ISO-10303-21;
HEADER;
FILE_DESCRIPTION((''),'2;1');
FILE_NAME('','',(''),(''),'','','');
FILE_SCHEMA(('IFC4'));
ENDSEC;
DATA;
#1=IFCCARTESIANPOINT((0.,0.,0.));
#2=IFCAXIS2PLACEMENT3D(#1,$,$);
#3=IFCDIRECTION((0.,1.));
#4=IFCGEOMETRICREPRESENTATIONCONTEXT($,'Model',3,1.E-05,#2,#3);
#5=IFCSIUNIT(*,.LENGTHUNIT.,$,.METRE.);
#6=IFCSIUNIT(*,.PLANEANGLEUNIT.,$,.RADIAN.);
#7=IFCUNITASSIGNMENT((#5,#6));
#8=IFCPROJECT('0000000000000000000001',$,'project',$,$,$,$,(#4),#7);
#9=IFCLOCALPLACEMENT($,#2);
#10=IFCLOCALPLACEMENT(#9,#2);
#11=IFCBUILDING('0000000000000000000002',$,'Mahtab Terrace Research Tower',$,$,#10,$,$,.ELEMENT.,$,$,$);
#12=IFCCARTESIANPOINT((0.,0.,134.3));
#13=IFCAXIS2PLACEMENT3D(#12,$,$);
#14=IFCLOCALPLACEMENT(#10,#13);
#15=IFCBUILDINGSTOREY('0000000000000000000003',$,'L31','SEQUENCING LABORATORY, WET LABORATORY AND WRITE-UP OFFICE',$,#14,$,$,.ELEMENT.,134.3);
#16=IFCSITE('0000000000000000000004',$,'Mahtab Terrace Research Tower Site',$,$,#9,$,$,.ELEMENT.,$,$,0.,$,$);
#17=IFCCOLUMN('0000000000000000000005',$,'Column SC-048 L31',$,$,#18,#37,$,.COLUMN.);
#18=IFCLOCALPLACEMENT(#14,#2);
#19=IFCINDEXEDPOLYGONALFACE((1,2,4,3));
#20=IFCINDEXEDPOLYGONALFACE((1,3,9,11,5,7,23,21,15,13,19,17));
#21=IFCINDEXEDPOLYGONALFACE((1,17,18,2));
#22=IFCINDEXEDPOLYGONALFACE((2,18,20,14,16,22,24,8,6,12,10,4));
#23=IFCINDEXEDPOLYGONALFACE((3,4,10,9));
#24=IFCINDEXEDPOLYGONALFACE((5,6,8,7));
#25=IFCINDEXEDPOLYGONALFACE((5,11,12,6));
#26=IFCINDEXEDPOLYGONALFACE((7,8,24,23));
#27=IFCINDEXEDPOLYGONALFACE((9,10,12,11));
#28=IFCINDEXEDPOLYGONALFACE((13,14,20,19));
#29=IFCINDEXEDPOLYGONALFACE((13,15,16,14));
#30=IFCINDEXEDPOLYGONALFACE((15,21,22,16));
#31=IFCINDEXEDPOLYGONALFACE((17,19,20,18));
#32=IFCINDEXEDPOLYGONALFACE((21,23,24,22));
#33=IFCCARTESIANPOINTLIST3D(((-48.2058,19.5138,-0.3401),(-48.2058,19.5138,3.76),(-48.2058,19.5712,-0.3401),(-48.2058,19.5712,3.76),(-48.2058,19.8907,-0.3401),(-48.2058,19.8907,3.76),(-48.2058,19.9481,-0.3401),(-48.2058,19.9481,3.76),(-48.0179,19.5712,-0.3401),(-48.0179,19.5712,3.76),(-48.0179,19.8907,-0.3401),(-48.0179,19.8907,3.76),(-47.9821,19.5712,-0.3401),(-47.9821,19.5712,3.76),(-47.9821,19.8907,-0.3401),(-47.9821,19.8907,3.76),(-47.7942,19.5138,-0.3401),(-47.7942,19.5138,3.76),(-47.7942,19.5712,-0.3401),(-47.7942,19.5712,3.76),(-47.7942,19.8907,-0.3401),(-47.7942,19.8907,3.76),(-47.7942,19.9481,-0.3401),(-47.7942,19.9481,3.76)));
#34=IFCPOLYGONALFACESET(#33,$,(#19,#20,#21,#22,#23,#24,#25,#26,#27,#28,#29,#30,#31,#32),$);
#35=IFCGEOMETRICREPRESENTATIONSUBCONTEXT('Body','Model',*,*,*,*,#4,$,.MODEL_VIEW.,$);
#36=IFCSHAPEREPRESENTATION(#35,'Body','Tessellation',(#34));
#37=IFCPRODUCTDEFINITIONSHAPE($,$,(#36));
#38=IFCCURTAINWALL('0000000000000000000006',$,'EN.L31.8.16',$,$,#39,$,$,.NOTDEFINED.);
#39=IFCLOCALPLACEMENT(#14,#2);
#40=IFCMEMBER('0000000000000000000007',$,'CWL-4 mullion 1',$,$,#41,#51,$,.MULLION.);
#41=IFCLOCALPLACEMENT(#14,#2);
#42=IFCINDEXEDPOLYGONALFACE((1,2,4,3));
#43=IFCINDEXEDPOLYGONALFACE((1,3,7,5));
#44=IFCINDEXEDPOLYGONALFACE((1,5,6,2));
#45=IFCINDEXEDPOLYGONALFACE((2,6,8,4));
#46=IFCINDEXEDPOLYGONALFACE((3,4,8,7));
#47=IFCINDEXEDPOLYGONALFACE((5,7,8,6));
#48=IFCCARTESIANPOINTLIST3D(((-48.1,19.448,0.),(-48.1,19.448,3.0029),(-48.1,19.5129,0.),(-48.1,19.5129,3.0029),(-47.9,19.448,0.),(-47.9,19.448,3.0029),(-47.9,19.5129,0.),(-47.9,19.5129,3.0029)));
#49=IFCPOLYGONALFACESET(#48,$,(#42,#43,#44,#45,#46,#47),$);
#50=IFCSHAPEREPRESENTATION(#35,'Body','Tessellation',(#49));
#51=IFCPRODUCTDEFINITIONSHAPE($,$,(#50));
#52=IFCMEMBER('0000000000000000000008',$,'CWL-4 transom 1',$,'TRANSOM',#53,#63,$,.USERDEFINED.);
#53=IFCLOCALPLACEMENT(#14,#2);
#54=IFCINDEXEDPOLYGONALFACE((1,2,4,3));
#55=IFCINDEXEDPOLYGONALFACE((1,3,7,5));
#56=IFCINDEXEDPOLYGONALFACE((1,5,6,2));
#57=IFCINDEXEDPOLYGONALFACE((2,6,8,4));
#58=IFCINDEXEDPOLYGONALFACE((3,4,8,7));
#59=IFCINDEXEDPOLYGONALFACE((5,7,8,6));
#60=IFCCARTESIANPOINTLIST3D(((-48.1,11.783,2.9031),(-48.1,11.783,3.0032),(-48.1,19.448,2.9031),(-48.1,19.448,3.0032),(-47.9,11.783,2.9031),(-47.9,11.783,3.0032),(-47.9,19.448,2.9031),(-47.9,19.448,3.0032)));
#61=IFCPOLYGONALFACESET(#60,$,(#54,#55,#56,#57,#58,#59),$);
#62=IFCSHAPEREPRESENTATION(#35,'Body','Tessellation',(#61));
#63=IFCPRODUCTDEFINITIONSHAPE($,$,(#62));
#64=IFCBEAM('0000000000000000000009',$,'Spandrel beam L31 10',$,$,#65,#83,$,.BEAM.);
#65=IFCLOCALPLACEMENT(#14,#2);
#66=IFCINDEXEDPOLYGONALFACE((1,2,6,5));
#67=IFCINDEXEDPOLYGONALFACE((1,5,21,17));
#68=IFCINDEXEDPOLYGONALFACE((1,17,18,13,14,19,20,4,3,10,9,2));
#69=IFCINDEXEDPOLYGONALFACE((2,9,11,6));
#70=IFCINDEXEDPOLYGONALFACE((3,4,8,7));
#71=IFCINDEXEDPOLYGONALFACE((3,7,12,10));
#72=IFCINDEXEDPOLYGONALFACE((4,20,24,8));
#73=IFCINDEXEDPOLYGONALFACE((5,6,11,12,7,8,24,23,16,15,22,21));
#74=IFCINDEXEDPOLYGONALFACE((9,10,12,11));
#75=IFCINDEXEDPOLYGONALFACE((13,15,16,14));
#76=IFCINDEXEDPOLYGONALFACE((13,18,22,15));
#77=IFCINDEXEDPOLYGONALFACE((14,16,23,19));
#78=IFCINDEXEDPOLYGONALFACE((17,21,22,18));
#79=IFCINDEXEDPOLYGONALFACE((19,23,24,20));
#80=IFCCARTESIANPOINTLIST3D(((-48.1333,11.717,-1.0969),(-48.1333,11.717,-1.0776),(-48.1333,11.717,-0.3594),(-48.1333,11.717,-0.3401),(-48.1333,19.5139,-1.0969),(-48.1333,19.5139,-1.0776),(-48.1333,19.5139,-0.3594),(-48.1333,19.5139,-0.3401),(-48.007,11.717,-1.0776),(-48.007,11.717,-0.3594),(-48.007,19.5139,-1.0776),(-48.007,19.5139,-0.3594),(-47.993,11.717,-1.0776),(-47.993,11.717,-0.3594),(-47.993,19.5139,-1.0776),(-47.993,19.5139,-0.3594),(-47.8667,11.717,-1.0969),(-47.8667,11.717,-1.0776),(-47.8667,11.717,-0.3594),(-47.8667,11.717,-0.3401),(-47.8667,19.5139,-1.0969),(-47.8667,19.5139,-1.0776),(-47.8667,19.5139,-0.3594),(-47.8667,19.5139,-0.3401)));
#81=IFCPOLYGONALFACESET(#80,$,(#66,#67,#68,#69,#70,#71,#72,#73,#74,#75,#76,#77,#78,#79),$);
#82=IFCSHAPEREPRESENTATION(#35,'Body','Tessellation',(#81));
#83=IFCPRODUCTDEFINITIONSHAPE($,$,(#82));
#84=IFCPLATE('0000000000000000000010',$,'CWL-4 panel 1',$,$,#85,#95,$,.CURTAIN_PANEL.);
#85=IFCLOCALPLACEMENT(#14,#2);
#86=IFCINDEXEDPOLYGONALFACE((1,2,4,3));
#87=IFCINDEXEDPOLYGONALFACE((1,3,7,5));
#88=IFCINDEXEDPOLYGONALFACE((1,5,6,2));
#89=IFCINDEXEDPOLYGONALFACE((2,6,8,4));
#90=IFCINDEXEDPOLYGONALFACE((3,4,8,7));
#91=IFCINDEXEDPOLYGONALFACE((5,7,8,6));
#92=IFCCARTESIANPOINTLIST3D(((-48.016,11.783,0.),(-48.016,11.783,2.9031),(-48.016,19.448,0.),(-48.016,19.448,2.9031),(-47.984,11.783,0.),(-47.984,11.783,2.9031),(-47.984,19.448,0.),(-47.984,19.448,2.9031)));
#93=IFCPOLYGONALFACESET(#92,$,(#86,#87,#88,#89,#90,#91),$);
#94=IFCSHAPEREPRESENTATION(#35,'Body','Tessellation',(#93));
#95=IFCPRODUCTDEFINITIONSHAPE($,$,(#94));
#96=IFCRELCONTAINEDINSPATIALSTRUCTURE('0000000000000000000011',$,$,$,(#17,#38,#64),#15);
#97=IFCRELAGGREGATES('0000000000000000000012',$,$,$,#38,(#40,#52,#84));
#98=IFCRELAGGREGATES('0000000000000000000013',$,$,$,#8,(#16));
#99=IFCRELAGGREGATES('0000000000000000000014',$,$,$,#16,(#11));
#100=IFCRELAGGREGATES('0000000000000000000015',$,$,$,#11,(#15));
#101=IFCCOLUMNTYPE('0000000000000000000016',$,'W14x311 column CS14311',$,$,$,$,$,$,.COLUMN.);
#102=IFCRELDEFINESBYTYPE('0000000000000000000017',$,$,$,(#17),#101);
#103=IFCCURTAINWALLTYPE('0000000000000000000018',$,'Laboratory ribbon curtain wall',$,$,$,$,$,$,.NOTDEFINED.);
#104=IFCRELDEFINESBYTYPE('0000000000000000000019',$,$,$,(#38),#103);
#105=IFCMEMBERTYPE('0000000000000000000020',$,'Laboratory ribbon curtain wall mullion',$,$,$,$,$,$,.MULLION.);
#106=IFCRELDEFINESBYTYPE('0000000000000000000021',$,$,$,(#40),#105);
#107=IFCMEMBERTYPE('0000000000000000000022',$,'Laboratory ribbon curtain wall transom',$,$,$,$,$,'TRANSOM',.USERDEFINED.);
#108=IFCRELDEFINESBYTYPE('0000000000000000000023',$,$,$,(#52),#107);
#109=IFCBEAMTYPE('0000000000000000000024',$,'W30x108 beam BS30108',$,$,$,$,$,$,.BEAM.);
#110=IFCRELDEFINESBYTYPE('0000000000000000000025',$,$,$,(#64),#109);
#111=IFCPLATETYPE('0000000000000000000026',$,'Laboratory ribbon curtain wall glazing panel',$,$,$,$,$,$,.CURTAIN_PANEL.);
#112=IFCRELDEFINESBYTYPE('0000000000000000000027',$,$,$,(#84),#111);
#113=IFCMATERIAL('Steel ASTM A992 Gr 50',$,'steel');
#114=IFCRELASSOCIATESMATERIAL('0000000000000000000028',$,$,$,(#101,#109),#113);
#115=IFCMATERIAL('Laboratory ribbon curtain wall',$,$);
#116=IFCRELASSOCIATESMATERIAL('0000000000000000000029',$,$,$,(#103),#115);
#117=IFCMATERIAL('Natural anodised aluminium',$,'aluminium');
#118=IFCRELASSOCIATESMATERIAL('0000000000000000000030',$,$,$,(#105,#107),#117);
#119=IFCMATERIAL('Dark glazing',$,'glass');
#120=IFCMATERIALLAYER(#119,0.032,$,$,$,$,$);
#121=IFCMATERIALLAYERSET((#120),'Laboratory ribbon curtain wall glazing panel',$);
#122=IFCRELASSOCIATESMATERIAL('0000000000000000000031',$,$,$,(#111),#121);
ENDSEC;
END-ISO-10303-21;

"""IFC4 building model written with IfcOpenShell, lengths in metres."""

from ifc_helpers import new_model, si_unit, direction, frame, origin, origin_2d, place, context, subcontext, project, spatial, rectangle, i_section, extrude, material, layer, layer_set, material_profile, profile_set, type_object, element, aggregate, save


model = new_model("IFC4")

# Units and contexts
model_context = context("Model", 3, precision=1e-05, world=origin(), true_north=direction((0.0, 1.0)))
body_context = subcontext(model_context, "Body", "Model", "MODEL_VIEW")
ifc_project = project(units=[si_unit("LENGTHUNIT", "METRE"), si_unit("PLANEANGLEUNIT", "RADIAN")], contexts=[model_context])

# Site, building, storey
site_placement = place(None, origin())
site = spatial("IfcSite", under=ifc_project, at=site_placement, Name="Mahtab Terrace Research Tower Site", CompositionType="ELEMENT", RefElevation=0.0)
building_placement = place(site_placement, origin())
building = spatial("IfcBuilding", under=site, at=building_placement, Name="Mahtab Terrace Research Tower", CompositionType="ELEMENT")
storey_placement = place(building_placement, frame((0.0, 0.0, 134.3)))
storey = spatial("IfcBuildingStorey", under=building, at=storey_placement, Name="L31", Description="SEQUENCING LABORATORY, WET LABORATORY AND WRITE-UP OFFICE", CompositionType="ELEMENT", Elevation=134.3)

# Column
ifc_material_1 = material(Name="Steel ASTM A992 Gr 50", Category="steel")
ifc_material_profile_1 = material_profile(ifc_material_1, i_section(OverallWidth=0.4116, OverallDepth=0.4343, WebThickness=0.0359, FlangeThickness=0.0574, at=origin_2d()), Name="W14X311")
ifc_profile_set_1 = profile_set([ifc_material_profile_1], Name="Steel ASTM A992 Gr 50")
column_type = type_object("IfcColumnType", Name="W14x311 column CS14311", PredefinedType="COLUMN", material=ifc_profile_set_1)
column_placement = place(storey_placement, frame((-48.0, 19.731, -0.3401), z_axis=(0.0, 0.0, 1.0), x_axis=(1.0, 0.0, 0.0)))
element("IfcColumn", 1, at=column_placement, inside=storey, type_object=column_type, Name="Column SC-048 L31", PredefinedType="COLUMN", context=body_context, shape_type="SweptSolid", body=[
    extrude(i_section(OverallWidth=0.4116, OverallDepth=0.4343, WebThickness=0.0359, FlangeThickness=0.0574, at=origin_2d()), origin(), (0.0, 0.0, 1.0), 4.1001),
])

# Curtain wall, members
ifc_material_2 = material(Name="Laboratory ribbon curtain wall")
curtain_wall_type = type_object("IfcCurtainWallType", Name="Laboratory ribbon curtain wall", PredefinedType="NOTDEFINED", material=ifc_material_2)
curtain_wall_placement = place(storey_placement, origin())
curtain_wall = element("IfcCurtainWall", 2, at=curtain_wall_placement, inside=storey, type_object=curtain_wall_type, Name="EN.L31.8.16", PredefinedType="NOTDEFINED")
ifc_material_3 = material(Name="Natural anodised aluminium", Category="aluminium")
ifc_material_profile_2 = material_profile(ifc_material_3, rectangle(XDim=0.2, YDim=0.0649, at=origin_2d()), Name="MULLION 65x200")
ifc_profile_set_2 = profile_set([ifc_material_profile_2], Name="Natural anodised aluminium")
member_type_1 = type_object("IfcMemberType", Name="Laboratory ribbon curtain wall mullion", PredefinedType="MULLION", material=ifc_profile_set_2)
member_1_placement = place(storey_placement, frame((-48.0, 19.4805, 0.0), z_axis=(0.0, 0.0, 1.0), x_axis=(1.0, 0.0, 0.0)))
member_1 = element("IfcMember", 3, at=member_1_placement, type_object=member_type_1, Name="CWL-4 mullion 1", PredefinedType="MULLION", context=body_context, shape_type="SweptSolid", body=[
    extrude(rectangle(XDim=0.2, YDim=0.0649, at=origin_2d()), origin(), (0.0, 0.0, 1.0), 3.0029),
])
ifc_material_profile_3 = material_profile(ifc_material_3, rectangle(XDim=0.2, YDim=0.1001, at=origin_2d()), Name="TRANSOM 100x200")
ifc_profile_set_3 = profile_set([ifc_material_profile_3], Name="Natural anodised aluminium")
member_type_2 = type_object("IfcMemberType", Name="Laboratory ribbon curtain wall transom", ElementType="TRANSOM", PredefinedType="USERDEFINED", material=ifc_profile_set_3)
member_2_placement = place(storey_placement, frame((-48.0, 19.448, 2.9531), z_axis=(0.0, -1.0, 0.0), x_axis=(1.0, 0.0, 0.0)))
member_2 = element("IfcMember", 4, at=member_2_placement, type_object=member_type_2, Name="CWL-4 transom 1", ObjectType="TRANSOM", PredefinedType="USERDEFINED", context=body_context, shape_type="SweptSolid", body=[
    extrude(rectangle(XDim=0.2, YDim=0.1001, at=origin_2d()), origin(), (0.0, 0.0, 1.0), 7.665),
])

# Beam
ifc_material_profile_4 = material_profile(ifc_material_1, i_section(OverallWidth=0.2666, OverallDepth=0.7568, WebThickness=0.0139, FlangeThickness=0.0193, at=origin_2d()), Name="W30X108")
ifc_profile_set_4 = profile_set([ifc_material_profile_4], Name="Steel ASTM A992 Gr 50")
beam_type = type_object("IfcBeamType", Name="W30x108 beam BS30108", PredefinedType="BEAM", material=ifc_profile_set_4)
beam_placement = place(storey_placement, frame((-48.0, 19.5139, -0.7185), z_axis=(0.0, -1.0, 0.0), x_axis=(1.0, 0.0, 0.0)))
element("IfcBeam", 5, at=beam_placement, inside=storey, type_object=beam_type, Name="Spandrel beam L31 10", PredefinedType="BEAM", context=body_context, shape_type="SweptSolid", body=[
    extrude(i_section(OverallWidth=0.2666, OverallDepth=0.7568, WebThickness=0.0139, FlangeThickness=0.0193, at=origin_2d()), origin(), (0.0, 0.0, 1.0), 7.7969),
])

# Plate
ifc_material_4 = material(Name="Dark glazing", Category="glass")
ifc_layer_1 = layer(ifc_material_4, 0.032)
ifc_layer_set_1 = layer_set([ifc_layer_1], Name="Laboratory ribbon curtain wall glazing panel")
plate_type = type_object("IfcPlateType", Name="Laboratory ribbon curtain wall glazing panel", PredefinedType="CURTAIN_PANEL", material=ifc_layer_set_1)
plate_placement = place(storey_placement, frame((-48.0, 15.6155, 0.0), z_axis=(0.0, 0.0, 1.0), x_axis=(0.0, -1.0, 0.0)))
plate = element("IfcPlate", 6, at=plate_placement, type_object=plate_type, Name="CWL-4 panel 1", PredefinedType="CURTAIN_PANEL", context=body_context, shape_type="SweptSolid", body=[
    extrude(rectangle(XDim=7.665, YDim=0.032, at=origin_2d()), origin(), (0.0, 0.0, 1.0), 2.9031),
])
aggregate(curtain_wall, [member_1, member_2, plate])

save(model, "model.ifc")
